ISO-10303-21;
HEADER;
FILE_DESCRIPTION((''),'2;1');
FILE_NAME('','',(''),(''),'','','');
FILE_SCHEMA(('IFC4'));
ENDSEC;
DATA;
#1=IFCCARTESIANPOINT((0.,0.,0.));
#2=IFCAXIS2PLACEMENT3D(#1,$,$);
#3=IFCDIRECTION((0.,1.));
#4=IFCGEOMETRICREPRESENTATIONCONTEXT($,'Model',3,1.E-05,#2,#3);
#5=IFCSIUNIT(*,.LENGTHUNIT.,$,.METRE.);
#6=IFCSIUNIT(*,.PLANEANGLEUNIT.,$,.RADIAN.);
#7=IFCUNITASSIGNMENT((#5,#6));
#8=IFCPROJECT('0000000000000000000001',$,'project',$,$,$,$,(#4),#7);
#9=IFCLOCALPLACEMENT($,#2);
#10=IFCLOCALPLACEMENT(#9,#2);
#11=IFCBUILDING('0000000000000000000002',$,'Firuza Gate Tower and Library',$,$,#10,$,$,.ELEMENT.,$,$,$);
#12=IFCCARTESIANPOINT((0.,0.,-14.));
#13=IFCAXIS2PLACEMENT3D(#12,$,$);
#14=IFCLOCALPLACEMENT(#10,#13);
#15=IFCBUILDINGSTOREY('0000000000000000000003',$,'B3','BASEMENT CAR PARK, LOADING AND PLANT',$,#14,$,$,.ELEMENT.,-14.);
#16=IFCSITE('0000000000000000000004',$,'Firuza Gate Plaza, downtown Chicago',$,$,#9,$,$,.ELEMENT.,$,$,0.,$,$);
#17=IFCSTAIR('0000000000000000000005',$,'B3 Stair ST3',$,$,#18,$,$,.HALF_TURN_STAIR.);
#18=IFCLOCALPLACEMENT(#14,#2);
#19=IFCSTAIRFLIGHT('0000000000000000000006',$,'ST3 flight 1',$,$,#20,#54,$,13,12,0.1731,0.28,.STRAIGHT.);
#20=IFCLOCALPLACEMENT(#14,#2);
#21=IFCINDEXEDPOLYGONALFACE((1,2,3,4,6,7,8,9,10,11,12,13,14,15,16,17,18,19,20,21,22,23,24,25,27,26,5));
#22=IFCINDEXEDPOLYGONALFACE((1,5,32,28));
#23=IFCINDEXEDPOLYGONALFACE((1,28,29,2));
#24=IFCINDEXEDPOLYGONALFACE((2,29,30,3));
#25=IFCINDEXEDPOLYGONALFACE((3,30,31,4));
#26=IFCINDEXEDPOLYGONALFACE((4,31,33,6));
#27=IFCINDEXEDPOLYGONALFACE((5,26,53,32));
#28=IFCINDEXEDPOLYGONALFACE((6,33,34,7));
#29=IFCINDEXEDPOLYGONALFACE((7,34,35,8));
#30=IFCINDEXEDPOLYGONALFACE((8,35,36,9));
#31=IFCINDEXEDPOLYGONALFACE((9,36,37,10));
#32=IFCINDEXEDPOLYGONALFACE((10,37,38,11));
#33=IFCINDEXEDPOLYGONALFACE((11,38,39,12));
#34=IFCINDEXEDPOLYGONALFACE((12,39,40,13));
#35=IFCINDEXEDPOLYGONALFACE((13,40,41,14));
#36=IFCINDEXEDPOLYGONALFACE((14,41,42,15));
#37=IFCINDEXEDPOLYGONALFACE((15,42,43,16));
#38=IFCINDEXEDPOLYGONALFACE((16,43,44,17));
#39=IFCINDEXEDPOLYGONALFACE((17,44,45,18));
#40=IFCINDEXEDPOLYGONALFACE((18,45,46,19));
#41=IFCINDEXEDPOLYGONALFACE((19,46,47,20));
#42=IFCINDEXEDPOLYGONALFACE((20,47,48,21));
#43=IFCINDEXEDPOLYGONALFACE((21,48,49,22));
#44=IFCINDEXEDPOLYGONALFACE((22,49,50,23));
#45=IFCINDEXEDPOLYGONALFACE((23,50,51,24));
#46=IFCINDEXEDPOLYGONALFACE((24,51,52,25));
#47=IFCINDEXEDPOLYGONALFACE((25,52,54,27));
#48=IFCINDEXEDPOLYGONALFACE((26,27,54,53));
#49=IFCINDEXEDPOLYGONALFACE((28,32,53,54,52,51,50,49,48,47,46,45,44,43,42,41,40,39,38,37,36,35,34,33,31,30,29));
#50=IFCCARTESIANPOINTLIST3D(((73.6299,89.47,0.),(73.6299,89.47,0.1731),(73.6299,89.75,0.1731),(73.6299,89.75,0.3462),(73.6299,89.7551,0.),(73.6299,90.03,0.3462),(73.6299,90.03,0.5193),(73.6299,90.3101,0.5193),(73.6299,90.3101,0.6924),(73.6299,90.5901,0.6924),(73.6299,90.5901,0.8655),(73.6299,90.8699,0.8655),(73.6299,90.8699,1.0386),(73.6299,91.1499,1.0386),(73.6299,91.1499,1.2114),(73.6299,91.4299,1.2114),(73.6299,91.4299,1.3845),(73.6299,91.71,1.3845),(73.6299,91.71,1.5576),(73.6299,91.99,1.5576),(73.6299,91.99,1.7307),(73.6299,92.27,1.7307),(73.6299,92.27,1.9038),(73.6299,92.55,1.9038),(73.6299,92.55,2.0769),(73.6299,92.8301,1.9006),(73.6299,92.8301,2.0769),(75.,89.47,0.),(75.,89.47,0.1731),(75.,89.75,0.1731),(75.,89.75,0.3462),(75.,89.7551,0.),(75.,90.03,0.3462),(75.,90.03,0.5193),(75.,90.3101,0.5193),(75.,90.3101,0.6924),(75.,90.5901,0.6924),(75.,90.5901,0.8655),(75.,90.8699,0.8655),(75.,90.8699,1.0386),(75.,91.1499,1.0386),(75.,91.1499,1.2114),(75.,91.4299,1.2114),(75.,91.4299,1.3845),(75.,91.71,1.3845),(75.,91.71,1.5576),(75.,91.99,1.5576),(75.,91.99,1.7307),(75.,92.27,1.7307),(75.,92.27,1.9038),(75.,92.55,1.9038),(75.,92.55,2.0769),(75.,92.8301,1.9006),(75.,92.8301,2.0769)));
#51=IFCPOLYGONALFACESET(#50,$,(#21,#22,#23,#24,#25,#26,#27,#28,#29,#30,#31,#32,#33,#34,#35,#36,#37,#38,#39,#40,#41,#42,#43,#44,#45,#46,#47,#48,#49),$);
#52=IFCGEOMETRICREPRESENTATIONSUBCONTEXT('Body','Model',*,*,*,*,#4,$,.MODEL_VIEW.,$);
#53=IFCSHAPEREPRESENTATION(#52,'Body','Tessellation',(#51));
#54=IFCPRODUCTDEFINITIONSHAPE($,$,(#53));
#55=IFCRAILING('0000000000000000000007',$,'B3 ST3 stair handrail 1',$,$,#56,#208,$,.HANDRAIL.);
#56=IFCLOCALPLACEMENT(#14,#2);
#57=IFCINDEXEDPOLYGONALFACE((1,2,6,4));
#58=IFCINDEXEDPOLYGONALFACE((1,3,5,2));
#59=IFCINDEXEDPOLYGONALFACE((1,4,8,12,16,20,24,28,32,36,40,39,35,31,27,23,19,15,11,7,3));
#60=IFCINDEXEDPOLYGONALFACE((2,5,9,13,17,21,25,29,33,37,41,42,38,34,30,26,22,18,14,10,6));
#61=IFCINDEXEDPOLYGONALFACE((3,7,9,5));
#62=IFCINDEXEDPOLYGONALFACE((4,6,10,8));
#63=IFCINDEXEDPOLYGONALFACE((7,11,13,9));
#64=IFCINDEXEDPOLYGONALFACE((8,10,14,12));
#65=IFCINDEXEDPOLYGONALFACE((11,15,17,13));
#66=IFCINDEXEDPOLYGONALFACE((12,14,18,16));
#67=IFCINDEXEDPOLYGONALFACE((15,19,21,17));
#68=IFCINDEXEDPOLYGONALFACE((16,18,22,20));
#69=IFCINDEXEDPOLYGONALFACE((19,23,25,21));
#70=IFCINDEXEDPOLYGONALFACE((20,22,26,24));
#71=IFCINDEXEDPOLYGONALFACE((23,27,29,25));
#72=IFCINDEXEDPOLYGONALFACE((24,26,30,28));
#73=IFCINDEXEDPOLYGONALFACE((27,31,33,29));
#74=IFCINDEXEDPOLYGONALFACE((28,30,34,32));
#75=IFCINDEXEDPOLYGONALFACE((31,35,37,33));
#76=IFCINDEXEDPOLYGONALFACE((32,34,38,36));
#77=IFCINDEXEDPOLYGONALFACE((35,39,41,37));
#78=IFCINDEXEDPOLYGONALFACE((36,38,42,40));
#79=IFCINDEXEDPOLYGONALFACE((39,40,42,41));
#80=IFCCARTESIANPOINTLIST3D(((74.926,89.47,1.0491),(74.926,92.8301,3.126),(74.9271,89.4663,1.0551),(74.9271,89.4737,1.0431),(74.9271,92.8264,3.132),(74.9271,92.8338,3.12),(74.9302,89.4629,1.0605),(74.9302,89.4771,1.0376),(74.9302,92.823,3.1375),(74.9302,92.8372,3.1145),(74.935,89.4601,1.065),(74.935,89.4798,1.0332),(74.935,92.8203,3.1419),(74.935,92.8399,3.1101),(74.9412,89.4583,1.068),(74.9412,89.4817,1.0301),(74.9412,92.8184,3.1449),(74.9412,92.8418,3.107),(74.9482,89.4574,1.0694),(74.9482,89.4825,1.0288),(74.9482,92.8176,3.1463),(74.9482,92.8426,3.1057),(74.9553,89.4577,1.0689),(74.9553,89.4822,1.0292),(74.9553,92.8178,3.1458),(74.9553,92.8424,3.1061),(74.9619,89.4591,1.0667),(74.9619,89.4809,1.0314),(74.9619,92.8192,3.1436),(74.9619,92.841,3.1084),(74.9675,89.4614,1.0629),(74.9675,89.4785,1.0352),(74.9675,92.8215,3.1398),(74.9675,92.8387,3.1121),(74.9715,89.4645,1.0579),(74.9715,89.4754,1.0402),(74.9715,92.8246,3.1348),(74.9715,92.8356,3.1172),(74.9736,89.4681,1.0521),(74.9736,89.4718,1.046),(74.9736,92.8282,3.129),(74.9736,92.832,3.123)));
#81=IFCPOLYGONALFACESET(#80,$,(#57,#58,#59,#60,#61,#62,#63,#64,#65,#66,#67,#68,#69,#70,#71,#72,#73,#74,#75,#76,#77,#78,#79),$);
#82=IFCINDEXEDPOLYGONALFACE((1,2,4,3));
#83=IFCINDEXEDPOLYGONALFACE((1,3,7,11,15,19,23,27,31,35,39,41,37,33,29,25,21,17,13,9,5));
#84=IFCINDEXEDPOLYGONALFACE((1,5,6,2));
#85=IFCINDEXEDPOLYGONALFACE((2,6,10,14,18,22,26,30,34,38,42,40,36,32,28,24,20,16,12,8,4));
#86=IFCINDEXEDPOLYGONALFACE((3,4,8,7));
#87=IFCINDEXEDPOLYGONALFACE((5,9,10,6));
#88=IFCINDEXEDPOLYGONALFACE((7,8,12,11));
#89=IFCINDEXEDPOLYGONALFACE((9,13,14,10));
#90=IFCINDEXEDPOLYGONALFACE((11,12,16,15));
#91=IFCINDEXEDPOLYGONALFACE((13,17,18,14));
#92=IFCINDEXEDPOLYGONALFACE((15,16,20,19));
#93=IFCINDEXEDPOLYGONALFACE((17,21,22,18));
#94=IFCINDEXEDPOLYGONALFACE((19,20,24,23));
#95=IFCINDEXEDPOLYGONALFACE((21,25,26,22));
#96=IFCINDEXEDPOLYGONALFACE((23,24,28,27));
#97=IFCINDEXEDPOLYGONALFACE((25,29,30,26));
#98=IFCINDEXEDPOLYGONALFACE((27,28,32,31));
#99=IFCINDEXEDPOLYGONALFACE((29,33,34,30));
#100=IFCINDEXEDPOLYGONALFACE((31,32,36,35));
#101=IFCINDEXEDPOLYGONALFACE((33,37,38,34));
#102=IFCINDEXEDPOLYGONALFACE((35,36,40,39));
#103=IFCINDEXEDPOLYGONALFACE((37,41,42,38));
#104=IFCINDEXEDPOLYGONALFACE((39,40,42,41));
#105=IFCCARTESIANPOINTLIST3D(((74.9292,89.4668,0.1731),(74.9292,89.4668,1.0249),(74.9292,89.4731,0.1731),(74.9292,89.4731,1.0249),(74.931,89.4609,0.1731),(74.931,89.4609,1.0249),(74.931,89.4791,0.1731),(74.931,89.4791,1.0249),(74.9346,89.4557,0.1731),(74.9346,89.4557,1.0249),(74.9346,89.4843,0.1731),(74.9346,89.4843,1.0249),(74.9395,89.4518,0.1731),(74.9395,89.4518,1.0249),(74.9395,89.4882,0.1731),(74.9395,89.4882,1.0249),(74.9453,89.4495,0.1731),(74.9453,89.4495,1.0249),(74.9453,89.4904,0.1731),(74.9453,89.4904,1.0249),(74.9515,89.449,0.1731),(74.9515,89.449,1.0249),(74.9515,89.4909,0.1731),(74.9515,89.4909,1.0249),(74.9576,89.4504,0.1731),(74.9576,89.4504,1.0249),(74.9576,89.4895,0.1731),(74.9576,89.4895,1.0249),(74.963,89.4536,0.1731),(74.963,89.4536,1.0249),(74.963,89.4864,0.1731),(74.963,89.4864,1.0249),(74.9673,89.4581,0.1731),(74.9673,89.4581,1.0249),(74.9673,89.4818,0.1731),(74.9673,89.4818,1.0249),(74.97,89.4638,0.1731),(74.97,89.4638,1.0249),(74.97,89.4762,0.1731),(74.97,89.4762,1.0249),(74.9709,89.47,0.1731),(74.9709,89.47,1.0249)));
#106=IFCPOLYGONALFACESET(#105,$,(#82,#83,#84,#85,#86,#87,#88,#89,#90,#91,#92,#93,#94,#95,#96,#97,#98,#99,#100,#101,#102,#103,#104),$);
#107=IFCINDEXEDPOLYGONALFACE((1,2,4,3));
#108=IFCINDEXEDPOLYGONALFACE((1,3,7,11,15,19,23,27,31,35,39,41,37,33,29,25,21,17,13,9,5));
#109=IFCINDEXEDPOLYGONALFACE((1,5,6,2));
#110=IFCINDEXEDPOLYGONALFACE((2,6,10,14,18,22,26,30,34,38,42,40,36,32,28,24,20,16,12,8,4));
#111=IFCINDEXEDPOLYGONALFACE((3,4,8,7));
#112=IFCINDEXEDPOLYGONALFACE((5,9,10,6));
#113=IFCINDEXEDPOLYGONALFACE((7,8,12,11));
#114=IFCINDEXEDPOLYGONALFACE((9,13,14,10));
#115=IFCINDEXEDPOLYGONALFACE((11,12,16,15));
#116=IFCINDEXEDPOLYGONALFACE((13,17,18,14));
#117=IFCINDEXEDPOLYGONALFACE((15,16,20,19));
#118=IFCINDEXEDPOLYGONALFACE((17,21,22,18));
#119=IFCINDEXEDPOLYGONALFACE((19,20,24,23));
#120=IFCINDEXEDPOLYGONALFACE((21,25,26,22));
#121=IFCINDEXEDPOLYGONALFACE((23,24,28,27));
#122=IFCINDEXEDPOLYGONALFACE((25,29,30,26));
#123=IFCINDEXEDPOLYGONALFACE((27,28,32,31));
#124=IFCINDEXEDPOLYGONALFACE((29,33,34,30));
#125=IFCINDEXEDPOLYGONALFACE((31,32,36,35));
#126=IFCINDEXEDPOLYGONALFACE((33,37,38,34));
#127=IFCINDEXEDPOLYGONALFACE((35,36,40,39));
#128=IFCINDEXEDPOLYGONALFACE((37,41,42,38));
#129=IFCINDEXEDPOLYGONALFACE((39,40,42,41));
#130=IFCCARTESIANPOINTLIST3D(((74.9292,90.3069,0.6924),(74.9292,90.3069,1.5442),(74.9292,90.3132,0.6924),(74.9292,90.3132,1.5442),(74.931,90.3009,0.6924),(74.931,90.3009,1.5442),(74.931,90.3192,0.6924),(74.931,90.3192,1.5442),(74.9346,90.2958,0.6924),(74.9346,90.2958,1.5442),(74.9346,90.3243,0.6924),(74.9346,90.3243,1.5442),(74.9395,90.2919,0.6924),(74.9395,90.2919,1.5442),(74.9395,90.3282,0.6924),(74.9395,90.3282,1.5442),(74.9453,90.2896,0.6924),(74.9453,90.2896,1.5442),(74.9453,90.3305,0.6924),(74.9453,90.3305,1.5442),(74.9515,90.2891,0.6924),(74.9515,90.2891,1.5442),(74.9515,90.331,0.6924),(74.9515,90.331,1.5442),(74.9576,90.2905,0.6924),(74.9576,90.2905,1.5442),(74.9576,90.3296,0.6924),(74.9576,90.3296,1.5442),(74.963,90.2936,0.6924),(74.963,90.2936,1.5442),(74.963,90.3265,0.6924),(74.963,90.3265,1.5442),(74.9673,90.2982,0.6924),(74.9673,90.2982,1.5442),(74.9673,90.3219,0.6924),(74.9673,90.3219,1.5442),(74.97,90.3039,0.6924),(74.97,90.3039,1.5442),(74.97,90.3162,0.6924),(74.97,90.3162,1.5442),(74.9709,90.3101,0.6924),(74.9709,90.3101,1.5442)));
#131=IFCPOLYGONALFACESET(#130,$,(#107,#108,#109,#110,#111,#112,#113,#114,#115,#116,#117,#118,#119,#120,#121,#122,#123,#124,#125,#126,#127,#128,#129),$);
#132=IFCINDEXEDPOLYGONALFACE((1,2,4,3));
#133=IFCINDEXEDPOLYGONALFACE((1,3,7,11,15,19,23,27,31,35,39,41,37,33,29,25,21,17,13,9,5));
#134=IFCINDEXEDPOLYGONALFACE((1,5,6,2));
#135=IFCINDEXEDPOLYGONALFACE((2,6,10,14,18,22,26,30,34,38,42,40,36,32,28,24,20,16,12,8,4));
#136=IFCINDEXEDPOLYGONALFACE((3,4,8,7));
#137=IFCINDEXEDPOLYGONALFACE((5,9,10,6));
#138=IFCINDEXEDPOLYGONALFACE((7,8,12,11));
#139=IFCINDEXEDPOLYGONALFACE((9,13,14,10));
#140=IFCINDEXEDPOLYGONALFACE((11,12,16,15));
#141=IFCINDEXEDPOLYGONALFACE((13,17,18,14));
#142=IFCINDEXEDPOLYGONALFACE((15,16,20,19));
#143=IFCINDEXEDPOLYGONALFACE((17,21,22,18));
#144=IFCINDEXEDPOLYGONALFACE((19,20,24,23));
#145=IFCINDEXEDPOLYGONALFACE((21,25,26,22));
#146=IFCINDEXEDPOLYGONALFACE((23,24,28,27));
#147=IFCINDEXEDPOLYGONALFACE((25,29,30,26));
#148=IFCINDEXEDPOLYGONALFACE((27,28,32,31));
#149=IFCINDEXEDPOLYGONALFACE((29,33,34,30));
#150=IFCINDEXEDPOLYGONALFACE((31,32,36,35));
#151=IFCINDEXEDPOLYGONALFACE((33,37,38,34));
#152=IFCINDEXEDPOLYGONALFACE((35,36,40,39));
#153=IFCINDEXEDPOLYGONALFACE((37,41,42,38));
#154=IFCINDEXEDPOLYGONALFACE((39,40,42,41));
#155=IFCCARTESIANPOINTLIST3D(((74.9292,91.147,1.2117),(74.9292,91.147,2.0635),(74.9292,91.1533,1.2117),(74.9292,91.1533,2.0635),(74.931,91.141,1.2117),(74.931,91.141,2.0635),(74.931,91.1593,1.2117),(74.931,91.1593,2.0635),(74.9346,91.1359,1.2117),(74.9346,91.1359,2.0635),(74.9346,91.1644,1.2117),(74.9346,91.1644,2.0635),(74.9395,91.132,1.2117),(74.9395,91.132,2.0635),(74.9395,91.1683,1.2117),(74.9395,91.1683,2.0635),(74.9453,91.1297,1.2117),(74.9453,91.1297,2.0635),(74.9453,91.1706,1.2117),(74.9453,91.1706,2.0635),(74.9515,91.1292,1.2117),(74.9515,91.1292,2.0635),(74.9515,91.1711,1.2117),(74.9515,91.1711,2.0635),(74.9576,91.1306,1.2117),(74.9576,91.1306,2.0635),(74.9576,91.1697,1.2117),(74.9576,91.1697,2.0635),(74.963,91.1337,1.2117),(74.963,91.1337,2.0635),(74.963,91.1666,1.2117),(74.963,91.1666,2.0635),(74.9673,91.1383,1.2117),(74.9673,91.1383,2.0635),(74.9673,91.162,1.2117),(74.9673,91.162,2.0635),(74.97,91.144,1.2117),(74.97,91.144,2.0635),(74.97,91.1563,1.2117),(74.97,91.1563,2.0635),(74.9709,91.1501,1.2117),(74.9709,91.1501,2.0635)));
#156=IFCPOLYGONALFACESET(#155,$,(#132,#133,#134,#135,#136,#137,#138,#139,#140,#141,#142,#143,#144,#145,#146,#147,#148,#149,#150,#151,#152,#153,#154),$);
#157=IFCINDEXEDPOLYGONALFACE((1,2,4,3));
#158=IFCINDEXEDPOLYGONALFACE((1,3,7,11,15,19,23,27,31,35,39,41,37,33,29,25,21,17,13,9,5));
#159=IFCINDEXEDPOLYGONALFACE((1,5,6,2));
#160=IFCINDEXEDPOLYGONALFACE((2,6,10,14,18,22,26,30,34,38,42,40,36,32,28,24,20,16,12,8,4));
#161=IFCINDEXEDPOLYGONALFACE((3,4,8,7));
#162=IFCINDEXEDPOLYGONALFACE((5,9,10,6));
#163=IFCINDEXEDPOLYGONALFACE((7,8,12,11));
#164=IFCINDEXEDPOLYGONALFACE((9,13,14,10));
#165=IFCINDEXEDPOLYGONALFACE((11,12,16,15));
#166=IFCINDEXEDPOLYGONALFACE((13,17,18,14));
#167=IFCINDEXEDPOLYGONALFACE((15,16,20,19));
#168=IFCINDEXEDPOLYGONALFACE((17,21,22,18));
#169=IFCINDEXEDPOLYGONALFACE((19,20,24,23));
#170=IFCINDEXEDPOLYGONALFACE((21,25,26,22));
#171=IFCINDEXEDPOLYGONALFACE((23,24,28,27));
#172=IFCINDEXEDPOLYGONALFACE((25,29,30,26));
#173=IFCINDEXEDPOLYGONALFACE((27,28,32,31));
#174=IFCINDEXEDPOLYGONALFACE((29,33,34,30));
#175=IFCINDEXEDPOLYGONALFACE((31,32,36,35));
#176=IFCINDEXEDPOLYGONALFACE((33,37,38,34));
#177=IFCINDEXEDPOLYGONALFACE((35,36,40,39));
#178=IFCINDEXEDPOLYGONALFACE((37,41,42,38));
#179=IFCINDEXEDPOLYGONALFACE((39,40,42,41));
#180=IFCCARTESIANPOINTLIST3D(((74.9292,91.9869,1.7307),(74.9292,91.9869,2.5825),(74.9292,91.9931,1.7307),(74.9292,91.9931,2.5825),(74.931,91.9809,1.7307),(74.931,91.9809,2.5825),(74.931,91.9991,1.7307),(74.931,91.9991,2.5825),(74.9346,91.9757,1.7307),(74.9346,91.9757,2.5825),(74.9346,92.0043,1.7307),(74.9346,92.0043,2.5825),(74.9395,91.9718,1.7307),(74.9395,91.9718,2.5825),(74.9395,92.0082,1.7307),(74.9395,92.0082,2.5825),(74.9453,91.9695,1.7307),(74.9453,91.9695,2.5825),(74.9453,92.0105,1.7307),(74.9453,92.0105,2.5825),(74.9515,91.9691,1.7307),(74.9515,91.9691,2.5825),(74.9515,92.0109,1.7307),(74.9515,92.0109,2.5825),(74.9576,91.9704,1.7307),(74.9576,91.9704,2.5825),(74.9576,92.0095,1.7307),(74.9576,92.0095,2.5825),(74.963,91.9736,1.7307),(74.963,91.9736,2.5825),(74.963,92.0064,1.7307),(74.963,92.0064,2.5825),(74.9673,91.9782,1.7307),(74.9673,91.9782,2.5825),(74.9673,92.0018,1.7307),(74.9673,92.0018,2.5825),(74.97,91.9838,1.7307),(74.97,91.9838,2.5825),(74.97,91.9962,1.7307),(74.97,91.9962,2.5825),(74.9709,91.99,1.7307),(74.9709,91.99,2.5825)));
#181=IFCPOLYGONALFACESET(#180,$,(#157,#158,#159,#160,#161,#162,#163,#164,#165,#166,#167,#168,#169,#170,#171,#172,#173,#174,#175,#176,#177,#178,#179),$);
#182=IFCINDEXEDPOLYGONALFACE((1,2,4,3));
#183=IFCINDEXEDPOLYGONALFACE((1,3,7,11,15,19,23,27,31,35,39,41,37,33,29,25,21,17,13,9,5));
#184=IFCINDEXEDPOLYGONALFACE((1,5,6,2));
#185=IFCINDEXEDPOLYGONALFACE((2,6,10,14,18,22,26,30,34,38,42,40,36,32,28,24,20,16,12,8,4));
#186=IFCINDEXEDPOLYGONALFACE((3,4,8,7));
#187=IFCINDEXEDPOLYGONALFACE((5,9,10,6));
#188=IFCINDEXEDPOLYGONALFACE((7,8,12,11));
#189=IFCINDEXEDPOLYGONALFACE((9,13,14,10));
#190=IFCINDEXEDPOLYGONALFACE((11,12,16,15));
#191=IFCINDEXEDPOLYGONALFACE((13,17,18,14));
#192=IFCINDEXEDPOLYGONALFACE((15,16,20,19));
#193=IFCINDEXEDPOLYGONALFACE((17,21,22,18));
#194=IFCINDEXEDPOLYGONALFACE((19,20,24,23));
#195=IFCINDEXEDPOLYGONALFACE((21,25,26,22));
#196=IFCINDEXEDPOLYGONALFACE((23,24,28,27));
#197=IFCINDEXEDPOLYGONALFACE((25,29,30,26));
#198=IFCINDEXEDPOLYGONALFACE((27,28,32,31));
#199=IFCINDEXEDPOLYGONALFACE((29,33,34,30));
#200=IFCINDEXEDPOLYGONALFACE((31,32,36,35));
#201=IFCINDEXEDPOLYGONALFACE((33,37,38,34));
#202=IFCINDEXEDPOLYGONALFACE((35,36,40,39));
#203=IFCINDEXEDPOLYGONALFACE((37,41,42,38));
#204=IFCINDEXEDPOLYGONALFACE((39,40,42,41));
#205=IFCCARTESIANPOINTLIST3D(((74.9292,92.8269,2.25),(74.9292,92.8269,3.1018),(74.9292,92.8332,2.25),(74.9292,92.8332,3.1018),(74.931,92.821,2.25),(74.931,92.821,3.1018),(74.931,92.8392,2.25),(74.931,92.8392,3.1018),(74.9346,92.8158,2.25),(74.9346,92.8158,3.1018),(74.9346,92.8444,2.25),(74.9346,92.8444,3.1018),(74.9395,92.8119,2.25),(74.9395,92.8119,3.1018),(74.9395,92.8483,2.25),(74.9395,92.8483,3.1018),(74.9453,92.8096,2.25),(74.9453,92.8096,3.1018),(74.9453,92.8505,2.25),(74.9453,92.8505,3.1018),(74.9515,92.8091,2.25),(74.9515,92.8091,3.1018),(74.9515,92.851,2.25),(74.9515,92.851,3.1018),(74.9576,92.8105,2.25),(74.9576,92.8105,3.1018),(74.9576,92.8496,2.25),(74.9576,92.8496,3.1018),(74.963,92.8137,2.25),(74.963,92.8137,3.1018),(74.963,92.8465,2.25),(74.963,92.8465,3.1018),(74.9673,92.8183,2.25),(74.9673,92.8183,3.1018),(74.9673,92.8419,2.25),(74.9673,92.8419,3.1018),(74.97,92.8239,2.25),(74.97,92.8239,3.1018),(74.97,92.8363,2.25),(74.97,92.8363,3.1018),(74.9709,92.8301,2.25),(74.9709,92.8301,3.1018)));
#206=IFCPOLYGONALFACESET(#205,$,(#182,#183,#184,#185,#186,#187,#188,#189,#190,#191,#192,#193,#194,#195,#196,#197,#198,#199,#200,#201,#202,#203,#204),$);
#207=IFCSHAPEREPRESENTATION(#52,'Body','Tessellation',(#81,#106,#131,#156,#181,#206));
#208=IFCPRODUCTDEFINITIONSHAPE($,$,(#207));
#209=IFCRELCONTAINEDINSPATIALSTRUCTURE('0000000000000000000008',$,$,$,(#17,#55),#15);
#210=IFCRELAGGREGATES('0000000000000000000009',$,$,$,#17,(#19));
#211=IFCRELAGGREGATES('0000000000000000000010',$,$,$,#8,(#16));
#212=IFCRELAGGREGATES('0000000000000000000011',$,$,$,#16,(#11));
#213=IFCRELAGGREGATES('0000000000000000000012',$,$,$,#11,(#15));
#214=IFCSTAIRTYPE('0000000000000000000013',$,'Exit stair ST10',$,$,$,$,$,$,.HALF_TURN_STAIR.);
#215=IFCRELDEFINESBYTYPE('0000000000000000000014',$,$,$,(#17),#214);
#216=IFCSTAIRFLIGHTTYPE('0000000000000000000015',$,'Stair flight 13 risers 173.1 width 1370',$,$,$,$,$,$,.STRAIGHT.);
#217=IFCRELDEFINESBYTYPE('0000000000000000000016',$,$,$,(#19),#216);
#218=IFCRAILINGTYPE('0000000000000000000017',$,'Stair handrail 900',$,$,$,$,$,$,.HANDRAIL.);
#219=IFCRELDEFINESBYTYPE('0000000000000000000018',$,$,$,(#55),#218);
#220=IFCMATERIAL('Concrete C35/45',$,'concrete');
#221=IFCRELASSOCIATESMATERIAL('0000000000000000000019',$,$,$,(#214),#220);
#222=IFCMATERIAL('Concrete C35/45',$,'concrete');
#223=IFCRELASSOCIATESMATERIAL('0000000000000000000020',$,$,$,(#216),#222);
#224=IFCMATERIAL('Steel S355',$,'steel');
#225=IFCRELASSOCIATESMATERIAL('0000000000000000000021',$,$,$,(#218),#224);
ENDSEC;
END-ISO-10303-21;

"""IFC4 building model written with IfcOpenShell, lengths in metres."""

from ifc_helpers import new_model, si_unit, direction, frame, origin, origin_2d, place, context, subcontext, project, spatial, polyline, circle, outline, extrude, material, type_object, element, aggregate, save


model = new_model("IFC4")

# Units and contexts
model_context = context("Model", 3, precision=1e-05, world=origin(), true_north=direction((0.0, 1.0)))
body_context = subcontext(model_context, "Body", "Model", "MODEL_VIEW")
ifc_project = project(units=[si_unit("LENGTHUNIT", "METRE"), si_unit("PLANEANGLEUNIT", "RADIAN")], contexts=[model_context])

# Site, building, storey
site_placement = place(None, origin())
site = spatial("IfcSite", under=ifc_project, at=site_placement, Name="Firuza Gate Plaza, downtown Chicago", CompositionType="ELEMENT", RefElevation=0.0)
building_placement = place(site_placement, origin())
building = spatial("IfcBuilding", under=site, at=building_placement, Name="Firuza Gate Tower and Library", CompositionType="ELEMENT")
storey_placement = place(building_placement, frame((0.0, 0.0, -14.0)))
storey = spatial("IfcBuildingStorey", under=building, at=storey_placement, Name="B3", Description="BASEMENT CAR PARK, LOADING AND PLANT", CompositionType="ELEMENT", Elevation=-14.0)

# Stair, stair flight
ifc_material_1 = material(Name="Concrete C35/45", Category="concrete")
stair_type = type_object("IfcStairType", Name="Exit stair ST10", PredefinedType="HALF_TURN_STAIR", material=ifc_material_1)
stair_placement = place(storey_placement, origin())
stair = element("IfcStair", 1, at=stair_placement, inside=storey, type_object=stair_type, Name="B3 Stair ST3", PredefinedType="HALF_TURN_STAIR")
ifc_material_2 = material(Name="Concrete C35/45", Category="concrete")
stair_flight_type = type_object("IfcStairFlightType", Name="Stair flight 13 risers 173.1 width 1370", PredefinedType="STRAIGHT", material=ifc_material_2)
stair_flight_placement = place(storey_placement, frame((74.3149, 89.47, 0.0), z_axis=(0.0, 0.0, 1.0), x_axis=(0.0, 1.0, 0.0)))
stair_flight = element("IfcStairFlight", 2, at=stair_flight_placement, type_object=stair_flight_type, Name="ST3 flight 1", NumberOfRisers=13, NumberOfTreads=12, PredefinedType="STRAIGHT", RiserHeight=0.1731, TreadLength=0.28, context=body_context, shape_type="SweptSolid", body=[
    extrude(outline(polyline([(0.0, 0.0), (0.0, 0.1731), (0.28, 0.1731), (0.28, 0.3462), (0.5601, 0.3462), (0.5601, 0.5193), (0.8401, 0.5193), (0.8401, 0.6924), (1.1201, 0.6924), (1.1201, 0.8655), (1.3999, 0.8655), (1.3999, 1.0386), (1.6799, 1.0386), (1.6799, 1.2114), (1.96, 1.2114), (1.96, 1.3845), (2.24, 1.3845), (2.24, 1.5576), (2.52, 1.5576), (2.52, 1.7307), (2.8, 1.7307), (2.8, 1.9038), (3.0801, 1.9038), (3.0801, 2.0769), (3.3601, 2.0769), (3.3601, 2.25), (3.3601, 1.9006), (0.2852, 0.0), (0.0, 0.0)])), frame((0.0, 0.6851, 0.0), z_axis=(0.0, -1.0, 0.0), x_axis=(1.0, 0.0, 0.0)), (0.0, 0.0, 1.0), 1.3701),
])
aggregate(stair, [stair_flight])

# Railing
ifc_material_3 = material(Name="Steel S355", Category="steel")
railing_type_1 = type_object("IfcRailingType", Name="Stair handrail 900", PredefinedType="HANDRAIL", material=ifc_material_3)
railing_1_placement = place(storey_placement, frame((74.95, 89.47, 0.1731)))
element("IfcRailing", 3, at=railing_1_placement, inside=storey, type_object=railing_type_1, Name="B3 ST3 stair handrail 1", PredefinedType="HANDRAIL", context=body_context, shape_type="SweptSolid", body=[
    extrude(circle(Radius=0.0239, at=origin_2d()), frame((0.0, 0.0, 0.876), z_axis=(0.0, 0.850623, 0.525776), x_axis=(-1.0, 0.0, 0.0)), (0.0, 0.0, 1.0), 3.9502),
    extrude(circle(Radius=0.021, at=origin_2d()), origin(), (0.0, 0.0, 1.0), 0.8518),
    extrude(circle(Radius=0.021, at=origin_2d()), frame((0.0, 0.8401, 0.5193)), (0.0, 0.0, 1.0), 0.8518),
    extrude(circle(Radius=0.021, at=origin_2d()), frame((0.0, 1.6802, 1.0386)), (0.0, 0.0, 1.0), 0.8518),
    extrude(circle(Radius=0.021, at=origin_2d()), frame((0.0, 2.52, 1.5576)), (0.0, 0.0, 1.0), 0.8518),
    extrude(circle(Radius=0.021, at=origin_2d()), frame((0.0, 3.3601, 2.0769)), (0.0, 0.0, 1.0), 0.8518),
])

save(model, "model.ifc")
